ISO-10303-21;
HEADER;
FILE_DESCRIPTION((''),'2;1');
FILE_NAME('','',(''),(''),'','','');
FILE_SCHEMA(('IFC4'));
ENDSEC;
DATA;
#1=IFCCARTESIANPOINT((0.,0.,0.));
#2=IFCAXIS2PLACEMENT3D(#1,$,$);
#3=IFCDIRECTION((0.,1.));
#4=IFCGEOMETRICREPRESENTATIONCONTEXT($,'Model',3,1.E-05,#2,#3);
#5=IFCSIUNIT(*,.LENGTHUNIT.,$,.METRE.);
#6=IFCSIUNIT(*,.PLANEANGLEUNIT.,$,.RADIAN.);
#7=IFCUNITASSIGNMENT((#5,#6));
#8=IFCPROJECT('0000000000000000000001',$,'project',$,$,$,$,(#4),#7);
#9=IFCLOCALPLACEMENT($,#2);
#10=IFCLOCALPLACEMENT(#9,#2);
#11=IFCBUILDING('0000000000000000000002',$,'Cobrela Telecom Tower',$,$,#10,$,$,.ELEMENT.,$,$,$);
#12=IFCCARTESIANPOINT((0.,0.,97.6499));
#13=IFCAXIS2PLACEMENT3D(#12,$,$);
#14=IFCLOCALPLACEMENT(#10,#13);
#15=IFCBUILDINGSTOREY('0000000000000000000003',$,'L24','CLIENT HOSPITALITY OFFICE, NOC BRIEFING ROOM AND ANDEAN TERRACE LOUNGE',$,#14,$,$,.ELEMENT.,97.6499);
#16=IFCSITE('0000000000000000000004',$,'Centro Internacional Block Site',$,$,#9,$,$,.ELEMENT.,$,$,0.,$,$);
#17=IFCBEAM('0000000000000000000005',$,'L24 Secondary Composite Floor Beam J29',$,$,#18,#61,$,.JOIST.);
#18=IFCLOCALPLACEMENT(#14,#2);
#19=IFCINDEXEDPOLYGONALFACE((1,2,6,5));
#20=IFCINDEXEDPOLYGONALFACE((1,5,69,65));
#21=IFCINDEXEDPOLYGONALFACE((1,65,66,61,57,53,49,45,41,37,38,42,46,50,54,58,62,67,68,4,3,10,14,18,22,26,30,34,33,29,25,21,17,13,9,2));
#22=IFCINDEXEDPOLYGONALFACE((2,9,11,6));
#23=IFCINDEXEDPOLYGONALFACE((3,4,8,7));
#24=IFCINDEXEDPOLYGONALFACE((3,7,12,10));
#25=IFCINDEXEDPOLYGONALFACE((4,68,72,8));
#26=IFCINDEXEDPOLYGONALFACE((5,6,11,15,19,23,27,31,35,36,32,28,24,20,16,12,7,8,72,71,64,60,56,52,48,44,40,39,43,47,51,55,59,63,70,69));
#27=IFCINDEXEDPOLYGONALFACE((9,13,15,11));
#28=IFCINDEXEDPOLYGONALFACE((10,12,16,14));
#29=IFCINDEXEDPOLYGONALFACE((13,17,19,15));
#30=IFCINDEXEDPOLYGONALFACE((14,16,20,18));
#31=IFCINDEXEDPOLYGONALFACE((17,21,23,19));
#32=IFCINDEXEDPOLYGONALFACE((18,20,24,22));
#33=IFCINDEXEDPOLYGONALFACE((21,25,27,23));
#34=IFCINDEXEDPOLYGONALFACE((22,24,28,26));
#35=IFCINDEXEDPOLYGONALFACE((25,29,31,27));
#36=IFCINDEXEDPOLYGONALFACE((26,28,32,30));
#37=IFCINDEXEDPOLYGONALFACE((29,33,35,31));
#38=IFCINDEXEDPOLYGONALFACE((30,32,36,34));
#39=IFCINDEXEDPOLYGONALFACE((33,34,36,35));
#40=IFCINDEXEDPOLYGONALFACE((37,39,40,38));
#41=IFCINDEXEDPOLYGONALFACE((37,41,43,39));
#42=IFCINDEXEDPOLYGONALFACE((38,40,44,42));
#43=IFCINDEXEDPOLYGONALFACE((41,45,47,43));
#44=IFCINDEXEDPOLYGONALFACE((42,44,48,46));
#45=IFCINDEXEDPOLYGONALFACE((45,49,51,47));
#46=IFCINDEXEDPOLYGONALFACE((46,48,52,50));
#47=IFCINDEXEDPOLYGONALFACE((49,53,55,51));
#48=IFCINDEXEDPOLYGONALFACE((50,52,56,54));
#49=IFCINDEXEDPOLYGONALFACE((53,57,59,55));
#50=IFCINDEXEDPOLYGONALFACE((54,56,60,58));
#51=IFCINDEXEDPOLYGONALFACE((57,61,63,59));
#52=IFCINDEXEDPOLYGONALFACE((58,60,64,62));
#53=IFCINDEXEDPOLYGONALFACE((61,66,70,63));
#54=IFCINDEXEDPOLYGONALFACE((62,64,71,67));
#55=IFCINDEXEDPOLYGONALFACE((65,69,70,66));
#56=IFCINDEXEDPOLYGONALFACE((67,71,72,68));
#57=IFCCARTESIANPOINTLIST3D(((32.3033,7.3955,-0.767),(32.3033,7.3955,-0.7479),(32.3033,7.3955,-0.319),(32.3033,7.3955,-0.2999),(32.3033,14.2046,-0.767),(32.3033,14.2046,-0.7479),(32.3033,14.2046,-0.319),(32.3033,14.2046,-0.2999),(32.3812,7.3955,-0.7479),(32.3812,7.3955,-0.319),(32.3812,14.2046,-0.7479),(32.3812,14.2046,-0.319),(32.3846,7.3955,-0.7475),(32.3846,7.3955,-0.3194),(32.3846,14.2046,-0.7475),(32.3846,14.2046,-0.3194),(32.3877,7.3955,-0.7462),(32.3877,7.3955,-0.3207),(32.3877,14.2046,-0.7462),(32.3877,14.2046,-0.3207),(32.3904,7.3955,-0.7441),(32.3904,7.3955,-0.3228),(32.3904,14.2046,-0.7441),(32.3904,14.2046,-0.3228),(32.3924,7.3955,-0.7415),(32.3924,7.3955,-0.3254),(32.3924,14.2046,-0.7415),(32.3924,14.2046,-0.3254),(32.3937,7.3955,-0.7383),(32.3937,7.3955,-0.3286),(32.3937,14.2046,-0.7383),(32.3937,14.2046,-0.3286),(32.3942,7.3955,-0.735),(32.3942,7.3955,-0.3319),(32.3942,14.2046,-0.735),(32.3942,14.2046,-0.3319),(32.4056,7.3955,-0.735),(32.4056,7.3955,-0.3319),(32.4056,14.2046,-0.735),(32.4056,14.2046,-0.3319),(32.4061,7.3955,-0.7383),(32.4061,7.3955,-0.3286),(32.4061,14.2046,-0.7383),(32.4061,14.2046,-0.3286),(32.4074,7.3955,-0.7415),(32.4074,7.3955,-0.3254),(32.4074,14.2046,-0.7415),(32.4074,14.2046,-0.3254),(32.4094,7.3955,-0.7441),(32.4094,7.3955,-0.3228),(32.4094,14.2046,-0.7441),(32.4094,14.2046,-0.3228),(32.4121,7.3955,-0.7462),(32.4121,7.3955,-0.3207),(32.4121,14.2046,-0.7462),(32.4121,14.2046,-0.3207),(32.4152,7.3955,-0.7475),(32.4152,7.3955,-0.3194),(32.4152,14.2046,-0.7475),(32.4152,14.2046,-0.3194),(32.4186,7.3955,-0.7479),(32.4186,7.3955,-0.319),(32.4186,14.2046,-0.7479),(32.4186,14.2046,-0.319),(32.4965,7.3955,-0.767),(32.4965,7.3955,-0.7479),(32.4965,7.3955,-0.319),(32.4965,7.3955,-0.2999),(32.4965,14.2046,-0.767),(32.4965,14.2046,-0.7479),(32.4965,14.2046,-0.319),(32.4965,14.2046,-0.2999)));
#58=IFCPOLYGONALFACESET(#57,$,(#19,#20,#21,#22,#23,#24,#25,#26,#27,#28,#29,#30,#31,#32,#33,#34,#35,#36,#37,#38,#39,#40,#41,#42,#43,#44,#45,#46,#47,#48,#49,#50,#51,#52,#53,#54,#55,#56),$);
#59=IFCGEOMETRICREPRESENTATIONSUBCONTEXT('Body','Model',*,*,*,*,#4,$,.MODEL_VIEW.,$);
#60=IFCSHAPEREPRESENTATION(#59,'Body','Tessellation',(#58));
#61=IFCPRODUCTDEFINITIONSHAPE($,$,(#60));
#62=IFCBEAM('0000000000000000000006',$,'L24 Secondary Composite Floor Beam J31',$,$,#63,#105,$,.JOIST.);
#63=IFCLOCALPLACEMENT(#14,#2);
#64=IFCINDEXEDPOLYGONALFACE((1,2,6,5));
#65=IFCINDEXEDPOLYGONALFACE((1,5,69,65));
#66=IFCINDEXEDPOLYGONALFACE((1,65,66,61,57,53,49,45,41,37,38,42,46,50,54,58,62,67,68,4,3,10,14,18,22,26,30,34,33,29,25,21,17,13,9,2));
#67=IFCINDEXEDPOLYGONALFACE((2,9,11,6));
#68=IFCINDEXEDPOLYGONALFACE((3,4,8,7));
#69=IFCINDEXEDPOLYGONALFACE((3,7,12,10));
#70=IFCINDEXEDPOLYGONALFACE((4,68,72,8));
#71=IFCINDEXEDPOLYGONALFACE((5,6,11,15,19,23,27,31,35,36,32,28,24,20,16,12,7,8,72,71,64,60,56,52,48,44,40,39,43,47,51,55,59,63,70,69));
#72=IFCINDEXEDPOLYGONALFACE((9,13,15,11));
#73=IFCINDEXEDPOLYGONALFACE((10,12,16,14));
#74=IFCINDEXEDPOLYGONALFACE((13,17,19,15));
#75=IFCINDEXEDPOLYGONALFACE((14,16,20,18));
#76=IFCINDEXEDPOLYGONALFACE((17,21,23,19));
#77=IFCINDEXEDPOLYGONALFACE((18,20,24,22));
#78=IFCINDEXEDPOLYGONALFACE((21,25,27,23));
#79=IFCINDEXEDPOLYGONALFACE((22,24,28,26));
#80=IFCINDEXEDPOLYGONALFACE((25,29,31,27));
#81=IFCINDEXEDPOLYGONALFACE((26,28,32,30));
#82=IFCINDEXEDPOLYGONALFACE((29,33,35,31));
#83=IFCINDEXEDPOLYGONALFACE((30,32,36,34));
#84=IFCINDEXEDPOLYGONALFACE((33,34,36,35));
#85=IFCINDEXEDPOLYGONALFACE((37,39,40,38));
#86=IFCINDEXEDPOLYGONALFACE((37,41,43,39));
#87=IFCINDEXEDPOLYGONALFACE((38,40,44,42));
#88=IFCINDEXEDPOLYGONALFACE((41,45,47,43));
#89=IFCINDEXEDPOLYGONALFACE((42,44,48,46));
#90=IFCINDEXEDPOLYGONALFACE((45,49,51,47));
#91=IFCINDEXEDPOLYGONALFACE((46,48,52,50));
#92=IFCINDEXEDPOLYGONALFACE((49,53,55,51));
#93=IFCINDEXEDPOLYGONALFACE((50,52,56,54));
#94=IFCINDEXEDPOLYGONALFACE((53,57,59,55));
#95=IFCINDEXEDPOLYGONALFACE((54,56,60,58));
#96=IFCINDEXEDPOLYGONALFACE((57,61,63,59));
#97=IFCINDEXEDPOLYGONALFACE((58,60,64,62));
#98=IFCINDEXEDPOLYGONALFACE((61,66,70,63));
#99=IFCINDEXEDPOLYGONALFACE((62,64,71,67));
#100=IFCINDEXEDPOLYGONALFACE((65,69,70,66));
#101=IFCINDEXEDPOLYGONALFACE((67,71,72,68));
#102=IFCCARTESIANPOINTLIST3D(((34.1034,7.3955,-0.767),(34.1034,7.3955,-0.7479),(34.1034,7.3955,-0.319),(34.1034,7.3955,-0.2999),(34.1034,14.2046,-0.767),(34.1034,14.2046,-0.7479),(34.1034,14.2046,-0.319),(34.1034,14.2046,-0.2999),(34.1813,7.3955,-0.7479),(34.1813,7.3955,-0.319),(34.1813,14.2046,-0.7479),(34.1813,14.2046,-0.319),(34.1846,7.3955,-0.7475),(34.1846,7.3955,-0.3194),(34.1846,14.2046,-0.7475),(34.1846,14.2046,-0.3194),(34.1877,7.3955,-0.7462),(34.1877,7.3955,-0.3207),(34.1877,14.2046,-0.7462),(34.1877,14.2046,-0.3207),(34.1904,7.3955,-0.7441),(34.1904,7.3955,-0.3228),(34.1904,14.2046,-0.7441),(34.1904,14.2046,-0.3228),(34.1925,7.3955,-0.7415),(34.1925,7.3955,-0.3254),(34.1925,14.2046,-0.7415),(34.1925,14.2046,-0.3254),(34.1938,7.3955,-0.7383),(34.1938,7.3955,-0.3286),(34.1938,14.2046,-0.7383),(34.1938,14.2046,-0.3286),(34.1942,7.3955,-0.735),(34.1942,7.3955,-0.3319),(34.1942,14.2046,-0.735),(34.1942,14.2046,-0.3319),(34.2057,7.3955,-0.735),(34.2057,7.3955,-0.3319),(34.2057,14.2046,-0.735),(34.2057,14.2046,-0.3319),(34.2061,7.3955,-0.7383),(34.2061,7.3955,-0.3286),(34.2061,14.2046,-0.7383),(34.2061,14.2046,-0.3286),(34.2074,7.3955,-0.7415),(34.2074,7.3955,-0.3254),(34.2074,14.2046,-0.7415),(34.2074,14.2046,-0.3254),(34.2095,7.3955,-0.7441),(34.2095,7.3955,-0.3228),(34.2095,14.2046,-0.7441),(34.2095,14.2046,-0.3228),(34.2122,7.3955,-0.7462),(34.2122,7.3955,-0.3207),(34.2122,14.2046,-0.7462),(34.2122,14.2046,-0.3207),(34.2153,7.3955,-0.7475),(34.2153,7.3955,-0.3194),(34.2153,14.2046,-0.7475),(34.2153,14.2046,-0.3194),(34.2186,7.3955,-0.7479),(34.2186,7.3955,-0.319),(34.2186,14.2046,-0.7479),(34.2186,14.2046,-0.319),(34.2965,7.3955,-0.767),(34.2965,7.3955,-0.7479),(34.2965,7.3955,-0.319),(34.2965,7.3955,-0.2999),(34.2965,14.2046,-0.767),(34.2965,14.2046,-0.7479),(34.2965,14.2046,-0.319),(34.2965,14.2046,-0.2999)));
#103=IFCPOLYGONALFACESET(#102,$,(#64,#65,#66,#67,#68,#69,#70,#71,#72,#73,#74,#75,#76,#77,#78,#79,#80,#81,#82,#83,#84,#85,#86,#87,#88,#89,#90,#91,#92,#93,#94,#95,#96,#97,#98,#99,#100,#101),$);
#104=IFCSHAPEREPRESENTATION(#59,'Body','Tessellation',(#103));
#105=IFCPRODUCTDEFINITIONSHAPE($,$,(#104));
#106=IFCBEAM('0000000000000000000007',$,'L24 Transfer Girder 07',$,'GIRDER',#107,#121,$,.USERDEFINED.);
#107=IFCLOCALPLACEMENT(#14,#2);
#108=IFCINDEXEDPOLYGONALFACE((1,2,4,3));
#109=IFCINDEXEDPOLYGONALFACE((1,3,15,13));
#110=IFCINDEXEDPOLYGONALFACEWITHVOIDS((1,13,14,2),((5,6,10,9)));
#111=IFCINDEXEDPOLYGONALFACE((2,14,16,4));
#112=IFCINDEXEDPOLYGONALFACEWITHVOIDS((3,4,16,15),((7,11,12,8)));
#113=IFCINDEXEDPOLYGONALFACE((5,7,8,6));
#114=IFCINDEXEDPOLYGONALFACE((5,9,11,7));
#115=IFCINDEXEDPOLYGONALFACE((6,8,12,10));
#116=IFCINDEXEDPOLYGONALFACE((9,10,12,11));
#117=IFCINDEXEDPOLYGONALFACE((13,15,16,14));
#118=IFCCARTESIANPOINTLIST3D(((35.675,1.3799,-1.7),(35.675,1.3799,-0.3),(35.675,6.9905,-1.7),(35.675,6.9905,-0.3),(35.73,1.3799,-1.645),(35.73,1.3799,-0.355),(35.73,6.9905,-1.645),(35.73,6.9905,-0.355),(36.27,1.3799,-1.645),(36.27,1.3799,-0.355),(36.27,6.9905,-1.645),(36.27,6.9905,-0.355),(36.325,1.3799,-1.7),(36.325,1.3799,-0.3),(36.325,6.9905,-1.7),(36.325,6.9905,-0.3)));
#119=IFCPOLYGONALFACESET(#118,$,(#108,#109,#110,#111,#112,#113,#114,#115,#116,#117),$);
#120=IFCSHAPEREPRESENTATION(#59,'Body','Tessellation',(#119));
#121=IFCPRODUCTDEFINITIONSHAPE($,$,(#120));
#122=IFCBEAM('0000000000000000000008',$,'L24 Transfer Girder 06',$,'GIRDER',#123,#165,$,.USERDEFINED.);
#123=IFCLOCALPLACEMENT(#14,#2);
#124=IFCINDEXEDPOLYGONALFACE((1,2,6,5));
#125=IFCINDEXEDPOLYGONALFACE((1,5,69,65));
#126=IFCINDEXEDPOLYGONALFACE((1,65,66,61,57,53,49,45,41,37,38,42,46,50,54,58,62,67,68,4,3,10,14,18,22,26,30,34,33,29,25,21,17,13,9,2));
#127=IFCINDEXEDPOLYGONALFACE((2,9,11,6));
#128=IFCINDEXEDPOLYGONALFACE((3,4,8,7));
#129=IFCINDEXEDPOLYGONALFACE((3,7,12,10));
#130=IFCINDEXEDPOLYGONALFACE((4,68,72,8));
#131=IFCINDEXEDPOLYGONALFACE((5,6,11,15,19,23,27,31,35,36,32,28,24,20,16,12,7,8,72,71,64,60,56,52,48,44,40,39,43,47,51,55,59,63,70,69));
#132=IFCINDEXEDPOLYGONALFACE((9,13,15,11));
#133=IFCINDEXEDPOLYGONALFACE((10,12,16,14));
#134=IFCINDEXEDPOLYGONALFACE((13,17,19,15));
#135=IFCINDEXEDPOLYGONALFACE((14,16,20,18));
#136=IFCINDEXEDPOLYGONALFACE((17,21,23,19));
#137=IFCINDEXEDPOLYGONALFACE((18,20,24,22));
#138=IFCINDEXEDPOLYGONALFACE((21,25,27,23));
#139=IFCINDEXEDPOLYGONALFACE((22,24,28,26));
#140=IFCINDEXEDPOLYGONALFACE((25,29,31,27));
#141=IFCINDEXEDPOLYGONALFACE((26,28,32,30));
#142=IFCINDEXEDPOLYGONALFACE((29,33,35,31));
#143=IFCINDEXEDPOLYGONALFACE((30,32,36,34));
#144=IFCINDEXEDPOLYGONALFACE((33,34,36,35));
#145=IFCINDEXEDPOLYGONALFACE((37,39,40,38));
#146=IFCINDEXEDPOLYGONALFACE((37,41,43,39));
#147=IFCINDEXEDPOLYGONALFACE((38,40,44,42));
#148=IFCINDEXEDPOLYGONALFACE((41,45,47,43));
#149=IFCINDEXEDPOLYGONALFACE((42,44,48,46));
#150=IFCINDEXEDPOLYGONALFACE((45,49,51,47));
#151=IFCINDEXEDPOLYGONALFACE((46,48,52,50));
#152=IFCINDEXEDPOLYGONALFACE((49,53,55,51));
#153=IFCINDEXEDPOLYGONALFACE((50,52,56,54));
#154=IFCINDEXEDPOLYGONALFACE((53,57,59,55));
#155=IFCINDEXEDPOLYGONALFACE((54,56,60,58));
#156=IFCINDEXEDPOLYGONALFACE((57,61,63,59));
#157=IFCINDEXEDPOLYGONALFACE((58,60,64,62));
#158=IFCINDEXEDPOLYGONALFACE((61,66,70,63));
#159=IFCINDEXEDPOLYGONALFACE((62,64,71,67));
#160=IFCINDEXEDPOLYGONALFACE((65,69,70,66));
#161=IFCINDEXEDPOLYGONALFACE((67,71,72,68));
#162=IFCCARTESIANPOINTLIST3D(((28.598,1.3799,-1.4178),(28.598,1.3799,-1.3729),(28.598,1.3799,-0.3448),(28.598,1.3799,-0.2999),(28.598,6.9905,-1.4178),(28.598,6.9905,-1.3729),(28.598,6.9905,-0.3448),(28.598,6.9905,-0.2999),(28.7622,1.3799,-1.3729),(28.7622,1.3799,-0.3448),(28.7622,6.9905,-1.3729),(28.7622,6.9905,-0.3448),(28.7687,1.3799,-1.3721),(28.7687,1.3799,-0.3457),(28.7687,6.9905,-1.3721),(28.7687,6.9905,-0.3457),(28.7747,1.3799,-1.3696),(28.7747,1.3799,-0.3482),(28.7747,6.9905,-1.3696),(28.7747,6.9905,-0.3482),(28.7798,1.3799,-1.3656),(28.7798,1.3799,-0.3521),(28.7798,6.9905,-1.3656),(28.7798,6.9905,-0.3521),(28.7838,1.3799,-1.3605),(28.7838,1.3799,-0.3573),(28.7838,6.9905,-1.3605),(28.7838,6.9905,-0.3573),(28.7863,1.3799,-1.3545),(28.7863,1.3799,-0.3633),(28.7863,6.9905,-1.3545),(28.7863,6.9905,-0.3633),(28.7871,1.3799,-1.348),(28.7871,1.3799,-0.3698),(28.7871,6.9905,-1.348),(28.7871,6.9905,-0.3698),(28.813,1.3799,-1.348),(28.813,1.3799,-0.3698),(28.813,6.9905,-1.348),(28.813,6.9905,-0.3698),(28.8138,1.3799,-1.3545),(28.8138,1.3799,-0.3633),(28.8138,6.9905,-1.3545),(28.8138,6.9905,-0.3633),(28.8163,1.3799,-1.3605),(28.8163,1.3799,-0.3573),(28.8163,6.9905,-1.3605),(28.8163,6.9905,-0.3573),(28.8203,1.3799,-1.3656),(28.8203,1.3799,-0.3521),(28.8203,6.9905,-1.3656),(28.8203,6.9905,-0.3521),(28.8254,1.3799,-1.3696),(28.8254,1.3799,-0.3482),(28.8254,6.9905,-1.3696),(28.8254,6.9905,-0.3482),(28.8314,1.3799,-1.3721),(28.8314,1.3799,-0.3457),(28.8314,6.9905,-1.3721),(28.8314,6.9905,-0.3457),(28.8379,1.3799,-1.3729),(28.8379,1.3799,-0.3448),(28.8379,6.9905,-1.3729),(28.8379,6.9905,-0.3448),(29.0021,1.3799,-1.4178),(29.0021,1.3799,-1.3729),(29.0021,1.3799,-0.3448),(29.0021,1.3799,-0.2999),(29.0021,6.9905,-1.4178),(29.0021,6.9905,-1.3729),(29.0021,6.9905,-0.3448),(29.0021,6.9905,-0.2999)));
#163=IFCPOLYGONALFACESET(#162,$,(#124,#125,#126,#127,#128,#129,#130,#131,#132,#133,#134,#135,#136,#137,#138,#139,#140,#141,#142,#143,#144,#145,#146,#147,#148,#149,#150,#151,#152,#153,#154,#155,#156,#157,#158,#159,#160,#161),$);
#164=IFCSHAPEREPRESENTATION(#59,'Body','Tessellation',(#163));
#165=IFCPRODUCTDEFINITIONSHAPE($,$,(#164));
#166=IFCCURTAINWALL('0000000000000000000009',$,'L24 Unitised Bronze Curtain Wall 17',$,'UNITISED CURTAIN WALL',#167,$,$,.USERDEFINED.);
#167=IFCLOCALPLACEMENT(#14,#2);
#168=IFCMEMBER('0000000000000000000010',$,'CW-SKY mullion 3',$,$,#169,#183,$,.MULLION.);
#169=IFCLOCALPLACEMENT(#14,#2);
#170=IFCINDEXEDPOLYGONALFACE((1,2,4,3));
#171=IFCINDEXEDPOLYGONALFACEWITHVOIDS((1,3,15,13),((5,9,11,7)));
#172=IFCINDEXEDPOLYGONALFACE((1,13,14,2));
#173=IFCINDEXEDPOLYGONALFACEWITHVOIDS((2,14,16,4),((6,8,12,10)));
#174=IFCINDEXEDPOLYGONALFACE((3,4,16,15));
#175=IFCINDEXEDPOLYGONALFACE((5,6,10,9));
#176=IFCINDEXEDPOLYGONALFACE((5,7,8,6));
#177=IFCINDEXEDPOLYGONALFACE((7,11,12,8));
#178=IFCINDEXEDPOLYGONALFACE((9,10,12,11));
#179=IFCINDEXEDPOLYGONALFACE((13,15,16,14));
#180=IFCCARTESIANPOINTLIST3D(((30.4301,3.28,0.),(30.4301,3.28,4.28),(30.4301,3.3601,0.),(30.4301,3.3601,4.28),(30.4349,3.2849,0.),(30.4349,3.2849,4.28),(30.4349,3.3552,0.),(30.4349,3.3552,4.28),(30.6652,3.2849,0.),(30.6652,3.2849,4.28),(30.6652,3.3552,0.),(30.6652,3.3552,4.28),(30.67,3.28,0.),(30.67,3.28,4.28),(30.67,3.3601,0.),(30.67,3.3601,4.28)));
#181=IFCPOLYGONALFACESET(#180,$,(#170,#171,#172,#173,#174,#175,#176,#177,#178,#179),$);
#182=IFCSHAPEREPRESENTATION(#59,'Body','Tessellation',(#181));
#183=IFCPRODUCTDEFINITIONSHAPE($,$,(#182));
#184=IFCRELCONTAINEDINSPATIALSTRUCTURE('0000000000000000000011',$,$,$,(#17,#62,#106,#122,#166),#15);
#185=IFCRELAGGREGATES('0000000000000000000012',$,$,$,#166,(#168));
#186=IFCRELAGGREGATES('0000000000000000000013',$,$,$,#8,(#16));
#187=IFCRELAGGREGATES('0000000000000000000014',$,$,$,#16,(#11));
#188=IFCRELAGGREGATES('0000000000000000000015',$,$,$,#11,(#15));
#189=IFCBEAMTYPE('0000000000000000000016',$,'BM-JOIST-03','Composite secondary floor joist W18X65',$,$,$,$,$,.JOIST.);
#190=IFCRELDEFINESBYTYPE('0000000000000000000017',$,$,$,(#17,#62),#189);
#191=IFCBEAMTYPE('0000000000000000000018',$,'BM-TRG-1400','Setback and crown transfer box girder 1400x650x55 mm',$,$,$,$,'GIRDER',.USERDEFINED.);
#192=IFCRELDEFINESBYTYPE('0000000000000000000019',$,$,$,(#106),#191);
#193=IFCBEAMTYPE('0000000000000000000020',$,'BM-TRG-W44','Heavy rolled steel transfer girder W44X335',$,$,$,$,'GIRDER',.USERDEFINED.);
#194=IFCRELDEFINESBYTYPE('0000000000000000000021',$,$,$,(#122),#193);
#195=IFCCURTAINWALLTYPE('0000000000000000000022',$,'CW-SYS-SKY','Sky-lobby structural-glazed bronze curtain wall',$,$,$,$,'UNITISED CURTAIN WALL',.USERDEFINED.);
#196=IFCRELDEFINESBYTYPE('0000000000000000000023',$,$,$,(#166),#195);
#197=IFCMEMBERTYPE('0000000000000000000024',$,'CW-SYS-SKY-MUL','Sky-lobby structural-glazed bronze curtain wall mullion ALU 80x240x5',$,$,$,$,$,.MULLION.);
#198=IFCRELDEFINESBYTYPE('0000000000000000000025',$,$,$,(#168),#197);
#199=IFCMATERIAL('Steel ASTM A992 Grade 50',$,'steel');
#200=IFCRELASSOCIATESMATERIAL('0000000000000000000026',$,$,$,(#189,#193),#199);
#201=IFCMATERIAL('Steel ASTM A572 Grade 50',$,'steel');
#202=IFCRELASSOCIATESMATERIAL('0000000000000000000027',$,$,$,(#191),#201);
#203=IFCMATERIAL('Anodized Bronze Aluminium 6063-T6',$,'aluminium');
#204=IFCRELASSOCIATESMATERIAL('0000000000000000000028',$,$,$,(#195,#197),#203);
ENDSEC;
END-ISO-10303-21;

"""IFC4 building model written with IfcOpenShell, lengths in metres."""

from ifc_helpers import new_model, si_unit, direction, frame, origin, origin_2d, place, context, subcontext, project, spatial, hollow_rectangle, i_section, extrude, material, material_profile, profile_set, type_object, element, aggregate, save


model = new_model("IFC4")

# Units and contexts
model_context = context("Model", 3, precision=1e-05, world=origin(), true_north=direction((0.0, 1.0)))
body_context = subcontext(model_context, "Body", "Model", "MODEL_VIEW")
ifc_project = project(units=[si_unit("LENGTHUNIT", "METRE"), si_unit("PLANEANGLEUNIT", "RADIAN")], contexts=[model_context])

# Site, building, storey
site_placement = place(None, origin())
site = spatial("IfcSite", under=ifc_project, at=site_placement, Name="Centro Internacional Block Site", CompositionType="ELEMENT", RefElevation=0.0)
building_placement = place(site_placement, origin())
building = spatial("IfcBuilding", under=site, at=building_placement, Name="Cobrela Telecom Tower", CompositionType="ELEMENT")
storey_placement = place(building_placement, frame((0.0, 0.0, 97.6499)))
storey = spatial("IfcBuildingStorey", under=building, at=storey_placement, Name="L24", Description="CLIENT HOSPITALITY OFFICE, NOC BRIEFING ROOM AND ANDEAN TERRACE LOUNGE", CompositionType="ELEMENT", Elevation=97.6499)

# Shared definitions
ifc_material_1 = material(Name="Steel ASTM A992 Grade 50", Category="steel")
ifc_material_2 = material(Name="Steel ASTM A572 Grade 50", Category="steel")

# Beams
ifc_material_profile_1 = material_profile(ifc_material_1, i_section(OverallWidth=0.1931, OverallDepth=0.467, WebThickness=0.0115, FlangeThickness=0.019, FilletRadius=0.0129, at=origin_2d()), Name="W18X65")
ifc_profile_set_1 = profile_set([ifc_material_profile_1], Name="Steel ASTM A992 Grade 50")
beam_type_1 = type_object("IfcBeamType", Name="BM-JOIST-03", Description="Composite secondary floor joist W18X65", PredefinedType="JOIST", material=ifc_profile_set_1)
for number, where, z_axis, x_axis, name in (
    (1, (32.3999, 7.3955, -0.5334), (0.0, 1.0, 0.0), (-1.0, 0.0, 0.0), "L24 Secondary Composite Floor Beam J29"),
    (2, (34.2, 7.3955, -0.5334), (0.0, 1.0, 0.0), (-1.0, 0.0, 0.0), "L24 Secondary Composite Floor Beam J31"),
):
    element("IfcBeam", number, at=place(storey_placement, frame(where, z_axis=z_axis, x_axis=x_axis)), inside=storey, type_object=beam_type_1, Name=name, PredefinedType="JOIST", context=body_context, shape_type="SweptSolid", body=[
        extrude(i_section(OverallWidth=0.1931, OverallDepth=0.467, WebThickness=0.0115, FlangeThickness=0.019, FilletRadius=0.0129, at=origin_2d()), origin(), (0.0, 0.0, 1.0), 6.8091),
    ])
ifc_material_profile_2 = material_profile(ifc_material_2, hollow_rectangle(XDim=0.6499, YDim=1.3999, WallThickness=0.0549, at=origin_2d()), Name="BOX 1400x650x55")
ifc_profile_set_2 = profile_set([ifc_material_profile_2], Name="Steel ASTM A572 Grade 50")
beam_type_2 = type_object("IfcBeamType", Name="BM-TRG-1400", Description="Setback and crown transfer box girder 1400x650x55 mm", ElementType="GIRDER", PredefinedType="USERDEFINED", material=ifc_profile_set_2)
beam_1_placement = place(storey_placement, frame((36.0, 1.3799, -1.0), z_axis=(0.0, 1.0, 0.0), x_axis=(-1.0, 0.0, 0.0)))
element("IfcBeam", 3, at=beam_1_placement, inside=storey, type_object=beam_type_2, Name="L24 Transfer Girder 07", ObjectType="GIRDER", PredefinedType="USERDEFINED", context=body_context, shape_type="SweptSolid", body=[
    extrude(hollow_rectangle(XDim=0.6499, YDim=1.3999, WallThickness=0.0549, at=origin_2d()), origin(), (0.0, 0.0, 1.0), 5.6106),
])
ifc_material_profile_3 = material_profile(ifc_material_1, i_section(OverallWidth=0.4041, OverallDepth=1.1179, WebThickness=0.0259, FlangeThickness=0.0449, FilletRadius=0.0249, at=origin_2d()), Name="W44X335")
ifc_profile_set_3 = profile_set([ifc_material_profile_3], Name="Steel ASTM A992 Grade 50")
beam_type_3 = type_object("IfcBeamType", Name="BM-TRG-W44", Description="Heavy rolled steel transfer girder W44X335", ElementType="GIRDER", PredefinedType="USERDEFINED", material=ifc_profile_set_3)
beam_2_placement = place(storey_placement, frame((28.8, 1.3799, -0.8589), z_axis=(0.0, 1.0, 0.0), x_axis=(-1.0, 0.0, 0.0)))
element("IfcBeam", 4, at=beam_2_placement, inside=storey, type_object=beam_type_3, Name="L24 Transfer Girder 06", ObjectType="GIRDER", PredefinedType="USERDEFINED", context=body_context, shape_type="SweptSolid", body=[
    extrude(i_section(OverallWidth=0.4041, OverallDepth=1.1179, WebThickness=0.0259, FlangeThickness=0.0449, FilletRadius=0.0249, at=origin_2d()), origin(), (0.0, 0.0, 1.0), 5.6106),
])

# Curtain wall, member
ifc_material_3 = material(Name="Anodized Bronze Aluminium 6063-T6", Category="aluminium")
curtain_wall_type = type_object("IfcCurtainWallType", Name="CW-SYS-SKY", Description="Sky-lobby structural-glazed bronze curtain wall", ElementType="UNITISED CURTAIN WALL", PredefinedType="USERDEFINED", material=ifc_material_3)
curtain_wall_placement = place(storey_placement, origin())
curtain_wall = element("IfcCurtainWall", 5, at=curtain_wall_placement, inside=storey, type_object=curtain_wall_type, Name="L24 Unitised Bronze Curtain Wall 17", ObjectType="UNITISED CURTAIN WALL", PredefinedType="USERDEFINED")
ifc_material_profile_4 = material_profile(ifc_material_3, hollow_rectangle(XDim=0.0801, YDim=0.24, WallThickness=0.0049, at=origin_2d()), Name="ALU 80x240x5")
ifc_profile_set_4 = profile_set([ifc_material_profile_4], Name="Anodized Bronze Aluminium 6063-T6")
member_type_1 = type_object("IfcMemberType", Name="CW-SYS-SKY-MUL", Description="Sky-lobby structural-glazed bronze curtain wall mullion ALU 80x240x5", PredefinedType="MULLION", material=ifc_profile_set_4)
member_1_placement = place(storey_placement, frame((30.55, 3.3201, 0.0), z_axis=(0.0, 0.0, 1.0), x_axis=(0.0, -1.0, 0.0)))
member_1 = element("IfcMember", 6, at=member_1_placement, type_object=member_type_1, Name="CW-SKY mullion 3", PredefinedType="MULLION", context=body_context, shape_type="SweptSolid", body=[
    extrude(hollow_rectangle(XDim=0.0801, YDim=0.24, WallThickness=0.0049, at=origin_2d()), origin(), (0.0, 0.0, 1.0), 4.28),
])
aggregate(curtain_wall, [member_1])

save(model, "model.ifc")
